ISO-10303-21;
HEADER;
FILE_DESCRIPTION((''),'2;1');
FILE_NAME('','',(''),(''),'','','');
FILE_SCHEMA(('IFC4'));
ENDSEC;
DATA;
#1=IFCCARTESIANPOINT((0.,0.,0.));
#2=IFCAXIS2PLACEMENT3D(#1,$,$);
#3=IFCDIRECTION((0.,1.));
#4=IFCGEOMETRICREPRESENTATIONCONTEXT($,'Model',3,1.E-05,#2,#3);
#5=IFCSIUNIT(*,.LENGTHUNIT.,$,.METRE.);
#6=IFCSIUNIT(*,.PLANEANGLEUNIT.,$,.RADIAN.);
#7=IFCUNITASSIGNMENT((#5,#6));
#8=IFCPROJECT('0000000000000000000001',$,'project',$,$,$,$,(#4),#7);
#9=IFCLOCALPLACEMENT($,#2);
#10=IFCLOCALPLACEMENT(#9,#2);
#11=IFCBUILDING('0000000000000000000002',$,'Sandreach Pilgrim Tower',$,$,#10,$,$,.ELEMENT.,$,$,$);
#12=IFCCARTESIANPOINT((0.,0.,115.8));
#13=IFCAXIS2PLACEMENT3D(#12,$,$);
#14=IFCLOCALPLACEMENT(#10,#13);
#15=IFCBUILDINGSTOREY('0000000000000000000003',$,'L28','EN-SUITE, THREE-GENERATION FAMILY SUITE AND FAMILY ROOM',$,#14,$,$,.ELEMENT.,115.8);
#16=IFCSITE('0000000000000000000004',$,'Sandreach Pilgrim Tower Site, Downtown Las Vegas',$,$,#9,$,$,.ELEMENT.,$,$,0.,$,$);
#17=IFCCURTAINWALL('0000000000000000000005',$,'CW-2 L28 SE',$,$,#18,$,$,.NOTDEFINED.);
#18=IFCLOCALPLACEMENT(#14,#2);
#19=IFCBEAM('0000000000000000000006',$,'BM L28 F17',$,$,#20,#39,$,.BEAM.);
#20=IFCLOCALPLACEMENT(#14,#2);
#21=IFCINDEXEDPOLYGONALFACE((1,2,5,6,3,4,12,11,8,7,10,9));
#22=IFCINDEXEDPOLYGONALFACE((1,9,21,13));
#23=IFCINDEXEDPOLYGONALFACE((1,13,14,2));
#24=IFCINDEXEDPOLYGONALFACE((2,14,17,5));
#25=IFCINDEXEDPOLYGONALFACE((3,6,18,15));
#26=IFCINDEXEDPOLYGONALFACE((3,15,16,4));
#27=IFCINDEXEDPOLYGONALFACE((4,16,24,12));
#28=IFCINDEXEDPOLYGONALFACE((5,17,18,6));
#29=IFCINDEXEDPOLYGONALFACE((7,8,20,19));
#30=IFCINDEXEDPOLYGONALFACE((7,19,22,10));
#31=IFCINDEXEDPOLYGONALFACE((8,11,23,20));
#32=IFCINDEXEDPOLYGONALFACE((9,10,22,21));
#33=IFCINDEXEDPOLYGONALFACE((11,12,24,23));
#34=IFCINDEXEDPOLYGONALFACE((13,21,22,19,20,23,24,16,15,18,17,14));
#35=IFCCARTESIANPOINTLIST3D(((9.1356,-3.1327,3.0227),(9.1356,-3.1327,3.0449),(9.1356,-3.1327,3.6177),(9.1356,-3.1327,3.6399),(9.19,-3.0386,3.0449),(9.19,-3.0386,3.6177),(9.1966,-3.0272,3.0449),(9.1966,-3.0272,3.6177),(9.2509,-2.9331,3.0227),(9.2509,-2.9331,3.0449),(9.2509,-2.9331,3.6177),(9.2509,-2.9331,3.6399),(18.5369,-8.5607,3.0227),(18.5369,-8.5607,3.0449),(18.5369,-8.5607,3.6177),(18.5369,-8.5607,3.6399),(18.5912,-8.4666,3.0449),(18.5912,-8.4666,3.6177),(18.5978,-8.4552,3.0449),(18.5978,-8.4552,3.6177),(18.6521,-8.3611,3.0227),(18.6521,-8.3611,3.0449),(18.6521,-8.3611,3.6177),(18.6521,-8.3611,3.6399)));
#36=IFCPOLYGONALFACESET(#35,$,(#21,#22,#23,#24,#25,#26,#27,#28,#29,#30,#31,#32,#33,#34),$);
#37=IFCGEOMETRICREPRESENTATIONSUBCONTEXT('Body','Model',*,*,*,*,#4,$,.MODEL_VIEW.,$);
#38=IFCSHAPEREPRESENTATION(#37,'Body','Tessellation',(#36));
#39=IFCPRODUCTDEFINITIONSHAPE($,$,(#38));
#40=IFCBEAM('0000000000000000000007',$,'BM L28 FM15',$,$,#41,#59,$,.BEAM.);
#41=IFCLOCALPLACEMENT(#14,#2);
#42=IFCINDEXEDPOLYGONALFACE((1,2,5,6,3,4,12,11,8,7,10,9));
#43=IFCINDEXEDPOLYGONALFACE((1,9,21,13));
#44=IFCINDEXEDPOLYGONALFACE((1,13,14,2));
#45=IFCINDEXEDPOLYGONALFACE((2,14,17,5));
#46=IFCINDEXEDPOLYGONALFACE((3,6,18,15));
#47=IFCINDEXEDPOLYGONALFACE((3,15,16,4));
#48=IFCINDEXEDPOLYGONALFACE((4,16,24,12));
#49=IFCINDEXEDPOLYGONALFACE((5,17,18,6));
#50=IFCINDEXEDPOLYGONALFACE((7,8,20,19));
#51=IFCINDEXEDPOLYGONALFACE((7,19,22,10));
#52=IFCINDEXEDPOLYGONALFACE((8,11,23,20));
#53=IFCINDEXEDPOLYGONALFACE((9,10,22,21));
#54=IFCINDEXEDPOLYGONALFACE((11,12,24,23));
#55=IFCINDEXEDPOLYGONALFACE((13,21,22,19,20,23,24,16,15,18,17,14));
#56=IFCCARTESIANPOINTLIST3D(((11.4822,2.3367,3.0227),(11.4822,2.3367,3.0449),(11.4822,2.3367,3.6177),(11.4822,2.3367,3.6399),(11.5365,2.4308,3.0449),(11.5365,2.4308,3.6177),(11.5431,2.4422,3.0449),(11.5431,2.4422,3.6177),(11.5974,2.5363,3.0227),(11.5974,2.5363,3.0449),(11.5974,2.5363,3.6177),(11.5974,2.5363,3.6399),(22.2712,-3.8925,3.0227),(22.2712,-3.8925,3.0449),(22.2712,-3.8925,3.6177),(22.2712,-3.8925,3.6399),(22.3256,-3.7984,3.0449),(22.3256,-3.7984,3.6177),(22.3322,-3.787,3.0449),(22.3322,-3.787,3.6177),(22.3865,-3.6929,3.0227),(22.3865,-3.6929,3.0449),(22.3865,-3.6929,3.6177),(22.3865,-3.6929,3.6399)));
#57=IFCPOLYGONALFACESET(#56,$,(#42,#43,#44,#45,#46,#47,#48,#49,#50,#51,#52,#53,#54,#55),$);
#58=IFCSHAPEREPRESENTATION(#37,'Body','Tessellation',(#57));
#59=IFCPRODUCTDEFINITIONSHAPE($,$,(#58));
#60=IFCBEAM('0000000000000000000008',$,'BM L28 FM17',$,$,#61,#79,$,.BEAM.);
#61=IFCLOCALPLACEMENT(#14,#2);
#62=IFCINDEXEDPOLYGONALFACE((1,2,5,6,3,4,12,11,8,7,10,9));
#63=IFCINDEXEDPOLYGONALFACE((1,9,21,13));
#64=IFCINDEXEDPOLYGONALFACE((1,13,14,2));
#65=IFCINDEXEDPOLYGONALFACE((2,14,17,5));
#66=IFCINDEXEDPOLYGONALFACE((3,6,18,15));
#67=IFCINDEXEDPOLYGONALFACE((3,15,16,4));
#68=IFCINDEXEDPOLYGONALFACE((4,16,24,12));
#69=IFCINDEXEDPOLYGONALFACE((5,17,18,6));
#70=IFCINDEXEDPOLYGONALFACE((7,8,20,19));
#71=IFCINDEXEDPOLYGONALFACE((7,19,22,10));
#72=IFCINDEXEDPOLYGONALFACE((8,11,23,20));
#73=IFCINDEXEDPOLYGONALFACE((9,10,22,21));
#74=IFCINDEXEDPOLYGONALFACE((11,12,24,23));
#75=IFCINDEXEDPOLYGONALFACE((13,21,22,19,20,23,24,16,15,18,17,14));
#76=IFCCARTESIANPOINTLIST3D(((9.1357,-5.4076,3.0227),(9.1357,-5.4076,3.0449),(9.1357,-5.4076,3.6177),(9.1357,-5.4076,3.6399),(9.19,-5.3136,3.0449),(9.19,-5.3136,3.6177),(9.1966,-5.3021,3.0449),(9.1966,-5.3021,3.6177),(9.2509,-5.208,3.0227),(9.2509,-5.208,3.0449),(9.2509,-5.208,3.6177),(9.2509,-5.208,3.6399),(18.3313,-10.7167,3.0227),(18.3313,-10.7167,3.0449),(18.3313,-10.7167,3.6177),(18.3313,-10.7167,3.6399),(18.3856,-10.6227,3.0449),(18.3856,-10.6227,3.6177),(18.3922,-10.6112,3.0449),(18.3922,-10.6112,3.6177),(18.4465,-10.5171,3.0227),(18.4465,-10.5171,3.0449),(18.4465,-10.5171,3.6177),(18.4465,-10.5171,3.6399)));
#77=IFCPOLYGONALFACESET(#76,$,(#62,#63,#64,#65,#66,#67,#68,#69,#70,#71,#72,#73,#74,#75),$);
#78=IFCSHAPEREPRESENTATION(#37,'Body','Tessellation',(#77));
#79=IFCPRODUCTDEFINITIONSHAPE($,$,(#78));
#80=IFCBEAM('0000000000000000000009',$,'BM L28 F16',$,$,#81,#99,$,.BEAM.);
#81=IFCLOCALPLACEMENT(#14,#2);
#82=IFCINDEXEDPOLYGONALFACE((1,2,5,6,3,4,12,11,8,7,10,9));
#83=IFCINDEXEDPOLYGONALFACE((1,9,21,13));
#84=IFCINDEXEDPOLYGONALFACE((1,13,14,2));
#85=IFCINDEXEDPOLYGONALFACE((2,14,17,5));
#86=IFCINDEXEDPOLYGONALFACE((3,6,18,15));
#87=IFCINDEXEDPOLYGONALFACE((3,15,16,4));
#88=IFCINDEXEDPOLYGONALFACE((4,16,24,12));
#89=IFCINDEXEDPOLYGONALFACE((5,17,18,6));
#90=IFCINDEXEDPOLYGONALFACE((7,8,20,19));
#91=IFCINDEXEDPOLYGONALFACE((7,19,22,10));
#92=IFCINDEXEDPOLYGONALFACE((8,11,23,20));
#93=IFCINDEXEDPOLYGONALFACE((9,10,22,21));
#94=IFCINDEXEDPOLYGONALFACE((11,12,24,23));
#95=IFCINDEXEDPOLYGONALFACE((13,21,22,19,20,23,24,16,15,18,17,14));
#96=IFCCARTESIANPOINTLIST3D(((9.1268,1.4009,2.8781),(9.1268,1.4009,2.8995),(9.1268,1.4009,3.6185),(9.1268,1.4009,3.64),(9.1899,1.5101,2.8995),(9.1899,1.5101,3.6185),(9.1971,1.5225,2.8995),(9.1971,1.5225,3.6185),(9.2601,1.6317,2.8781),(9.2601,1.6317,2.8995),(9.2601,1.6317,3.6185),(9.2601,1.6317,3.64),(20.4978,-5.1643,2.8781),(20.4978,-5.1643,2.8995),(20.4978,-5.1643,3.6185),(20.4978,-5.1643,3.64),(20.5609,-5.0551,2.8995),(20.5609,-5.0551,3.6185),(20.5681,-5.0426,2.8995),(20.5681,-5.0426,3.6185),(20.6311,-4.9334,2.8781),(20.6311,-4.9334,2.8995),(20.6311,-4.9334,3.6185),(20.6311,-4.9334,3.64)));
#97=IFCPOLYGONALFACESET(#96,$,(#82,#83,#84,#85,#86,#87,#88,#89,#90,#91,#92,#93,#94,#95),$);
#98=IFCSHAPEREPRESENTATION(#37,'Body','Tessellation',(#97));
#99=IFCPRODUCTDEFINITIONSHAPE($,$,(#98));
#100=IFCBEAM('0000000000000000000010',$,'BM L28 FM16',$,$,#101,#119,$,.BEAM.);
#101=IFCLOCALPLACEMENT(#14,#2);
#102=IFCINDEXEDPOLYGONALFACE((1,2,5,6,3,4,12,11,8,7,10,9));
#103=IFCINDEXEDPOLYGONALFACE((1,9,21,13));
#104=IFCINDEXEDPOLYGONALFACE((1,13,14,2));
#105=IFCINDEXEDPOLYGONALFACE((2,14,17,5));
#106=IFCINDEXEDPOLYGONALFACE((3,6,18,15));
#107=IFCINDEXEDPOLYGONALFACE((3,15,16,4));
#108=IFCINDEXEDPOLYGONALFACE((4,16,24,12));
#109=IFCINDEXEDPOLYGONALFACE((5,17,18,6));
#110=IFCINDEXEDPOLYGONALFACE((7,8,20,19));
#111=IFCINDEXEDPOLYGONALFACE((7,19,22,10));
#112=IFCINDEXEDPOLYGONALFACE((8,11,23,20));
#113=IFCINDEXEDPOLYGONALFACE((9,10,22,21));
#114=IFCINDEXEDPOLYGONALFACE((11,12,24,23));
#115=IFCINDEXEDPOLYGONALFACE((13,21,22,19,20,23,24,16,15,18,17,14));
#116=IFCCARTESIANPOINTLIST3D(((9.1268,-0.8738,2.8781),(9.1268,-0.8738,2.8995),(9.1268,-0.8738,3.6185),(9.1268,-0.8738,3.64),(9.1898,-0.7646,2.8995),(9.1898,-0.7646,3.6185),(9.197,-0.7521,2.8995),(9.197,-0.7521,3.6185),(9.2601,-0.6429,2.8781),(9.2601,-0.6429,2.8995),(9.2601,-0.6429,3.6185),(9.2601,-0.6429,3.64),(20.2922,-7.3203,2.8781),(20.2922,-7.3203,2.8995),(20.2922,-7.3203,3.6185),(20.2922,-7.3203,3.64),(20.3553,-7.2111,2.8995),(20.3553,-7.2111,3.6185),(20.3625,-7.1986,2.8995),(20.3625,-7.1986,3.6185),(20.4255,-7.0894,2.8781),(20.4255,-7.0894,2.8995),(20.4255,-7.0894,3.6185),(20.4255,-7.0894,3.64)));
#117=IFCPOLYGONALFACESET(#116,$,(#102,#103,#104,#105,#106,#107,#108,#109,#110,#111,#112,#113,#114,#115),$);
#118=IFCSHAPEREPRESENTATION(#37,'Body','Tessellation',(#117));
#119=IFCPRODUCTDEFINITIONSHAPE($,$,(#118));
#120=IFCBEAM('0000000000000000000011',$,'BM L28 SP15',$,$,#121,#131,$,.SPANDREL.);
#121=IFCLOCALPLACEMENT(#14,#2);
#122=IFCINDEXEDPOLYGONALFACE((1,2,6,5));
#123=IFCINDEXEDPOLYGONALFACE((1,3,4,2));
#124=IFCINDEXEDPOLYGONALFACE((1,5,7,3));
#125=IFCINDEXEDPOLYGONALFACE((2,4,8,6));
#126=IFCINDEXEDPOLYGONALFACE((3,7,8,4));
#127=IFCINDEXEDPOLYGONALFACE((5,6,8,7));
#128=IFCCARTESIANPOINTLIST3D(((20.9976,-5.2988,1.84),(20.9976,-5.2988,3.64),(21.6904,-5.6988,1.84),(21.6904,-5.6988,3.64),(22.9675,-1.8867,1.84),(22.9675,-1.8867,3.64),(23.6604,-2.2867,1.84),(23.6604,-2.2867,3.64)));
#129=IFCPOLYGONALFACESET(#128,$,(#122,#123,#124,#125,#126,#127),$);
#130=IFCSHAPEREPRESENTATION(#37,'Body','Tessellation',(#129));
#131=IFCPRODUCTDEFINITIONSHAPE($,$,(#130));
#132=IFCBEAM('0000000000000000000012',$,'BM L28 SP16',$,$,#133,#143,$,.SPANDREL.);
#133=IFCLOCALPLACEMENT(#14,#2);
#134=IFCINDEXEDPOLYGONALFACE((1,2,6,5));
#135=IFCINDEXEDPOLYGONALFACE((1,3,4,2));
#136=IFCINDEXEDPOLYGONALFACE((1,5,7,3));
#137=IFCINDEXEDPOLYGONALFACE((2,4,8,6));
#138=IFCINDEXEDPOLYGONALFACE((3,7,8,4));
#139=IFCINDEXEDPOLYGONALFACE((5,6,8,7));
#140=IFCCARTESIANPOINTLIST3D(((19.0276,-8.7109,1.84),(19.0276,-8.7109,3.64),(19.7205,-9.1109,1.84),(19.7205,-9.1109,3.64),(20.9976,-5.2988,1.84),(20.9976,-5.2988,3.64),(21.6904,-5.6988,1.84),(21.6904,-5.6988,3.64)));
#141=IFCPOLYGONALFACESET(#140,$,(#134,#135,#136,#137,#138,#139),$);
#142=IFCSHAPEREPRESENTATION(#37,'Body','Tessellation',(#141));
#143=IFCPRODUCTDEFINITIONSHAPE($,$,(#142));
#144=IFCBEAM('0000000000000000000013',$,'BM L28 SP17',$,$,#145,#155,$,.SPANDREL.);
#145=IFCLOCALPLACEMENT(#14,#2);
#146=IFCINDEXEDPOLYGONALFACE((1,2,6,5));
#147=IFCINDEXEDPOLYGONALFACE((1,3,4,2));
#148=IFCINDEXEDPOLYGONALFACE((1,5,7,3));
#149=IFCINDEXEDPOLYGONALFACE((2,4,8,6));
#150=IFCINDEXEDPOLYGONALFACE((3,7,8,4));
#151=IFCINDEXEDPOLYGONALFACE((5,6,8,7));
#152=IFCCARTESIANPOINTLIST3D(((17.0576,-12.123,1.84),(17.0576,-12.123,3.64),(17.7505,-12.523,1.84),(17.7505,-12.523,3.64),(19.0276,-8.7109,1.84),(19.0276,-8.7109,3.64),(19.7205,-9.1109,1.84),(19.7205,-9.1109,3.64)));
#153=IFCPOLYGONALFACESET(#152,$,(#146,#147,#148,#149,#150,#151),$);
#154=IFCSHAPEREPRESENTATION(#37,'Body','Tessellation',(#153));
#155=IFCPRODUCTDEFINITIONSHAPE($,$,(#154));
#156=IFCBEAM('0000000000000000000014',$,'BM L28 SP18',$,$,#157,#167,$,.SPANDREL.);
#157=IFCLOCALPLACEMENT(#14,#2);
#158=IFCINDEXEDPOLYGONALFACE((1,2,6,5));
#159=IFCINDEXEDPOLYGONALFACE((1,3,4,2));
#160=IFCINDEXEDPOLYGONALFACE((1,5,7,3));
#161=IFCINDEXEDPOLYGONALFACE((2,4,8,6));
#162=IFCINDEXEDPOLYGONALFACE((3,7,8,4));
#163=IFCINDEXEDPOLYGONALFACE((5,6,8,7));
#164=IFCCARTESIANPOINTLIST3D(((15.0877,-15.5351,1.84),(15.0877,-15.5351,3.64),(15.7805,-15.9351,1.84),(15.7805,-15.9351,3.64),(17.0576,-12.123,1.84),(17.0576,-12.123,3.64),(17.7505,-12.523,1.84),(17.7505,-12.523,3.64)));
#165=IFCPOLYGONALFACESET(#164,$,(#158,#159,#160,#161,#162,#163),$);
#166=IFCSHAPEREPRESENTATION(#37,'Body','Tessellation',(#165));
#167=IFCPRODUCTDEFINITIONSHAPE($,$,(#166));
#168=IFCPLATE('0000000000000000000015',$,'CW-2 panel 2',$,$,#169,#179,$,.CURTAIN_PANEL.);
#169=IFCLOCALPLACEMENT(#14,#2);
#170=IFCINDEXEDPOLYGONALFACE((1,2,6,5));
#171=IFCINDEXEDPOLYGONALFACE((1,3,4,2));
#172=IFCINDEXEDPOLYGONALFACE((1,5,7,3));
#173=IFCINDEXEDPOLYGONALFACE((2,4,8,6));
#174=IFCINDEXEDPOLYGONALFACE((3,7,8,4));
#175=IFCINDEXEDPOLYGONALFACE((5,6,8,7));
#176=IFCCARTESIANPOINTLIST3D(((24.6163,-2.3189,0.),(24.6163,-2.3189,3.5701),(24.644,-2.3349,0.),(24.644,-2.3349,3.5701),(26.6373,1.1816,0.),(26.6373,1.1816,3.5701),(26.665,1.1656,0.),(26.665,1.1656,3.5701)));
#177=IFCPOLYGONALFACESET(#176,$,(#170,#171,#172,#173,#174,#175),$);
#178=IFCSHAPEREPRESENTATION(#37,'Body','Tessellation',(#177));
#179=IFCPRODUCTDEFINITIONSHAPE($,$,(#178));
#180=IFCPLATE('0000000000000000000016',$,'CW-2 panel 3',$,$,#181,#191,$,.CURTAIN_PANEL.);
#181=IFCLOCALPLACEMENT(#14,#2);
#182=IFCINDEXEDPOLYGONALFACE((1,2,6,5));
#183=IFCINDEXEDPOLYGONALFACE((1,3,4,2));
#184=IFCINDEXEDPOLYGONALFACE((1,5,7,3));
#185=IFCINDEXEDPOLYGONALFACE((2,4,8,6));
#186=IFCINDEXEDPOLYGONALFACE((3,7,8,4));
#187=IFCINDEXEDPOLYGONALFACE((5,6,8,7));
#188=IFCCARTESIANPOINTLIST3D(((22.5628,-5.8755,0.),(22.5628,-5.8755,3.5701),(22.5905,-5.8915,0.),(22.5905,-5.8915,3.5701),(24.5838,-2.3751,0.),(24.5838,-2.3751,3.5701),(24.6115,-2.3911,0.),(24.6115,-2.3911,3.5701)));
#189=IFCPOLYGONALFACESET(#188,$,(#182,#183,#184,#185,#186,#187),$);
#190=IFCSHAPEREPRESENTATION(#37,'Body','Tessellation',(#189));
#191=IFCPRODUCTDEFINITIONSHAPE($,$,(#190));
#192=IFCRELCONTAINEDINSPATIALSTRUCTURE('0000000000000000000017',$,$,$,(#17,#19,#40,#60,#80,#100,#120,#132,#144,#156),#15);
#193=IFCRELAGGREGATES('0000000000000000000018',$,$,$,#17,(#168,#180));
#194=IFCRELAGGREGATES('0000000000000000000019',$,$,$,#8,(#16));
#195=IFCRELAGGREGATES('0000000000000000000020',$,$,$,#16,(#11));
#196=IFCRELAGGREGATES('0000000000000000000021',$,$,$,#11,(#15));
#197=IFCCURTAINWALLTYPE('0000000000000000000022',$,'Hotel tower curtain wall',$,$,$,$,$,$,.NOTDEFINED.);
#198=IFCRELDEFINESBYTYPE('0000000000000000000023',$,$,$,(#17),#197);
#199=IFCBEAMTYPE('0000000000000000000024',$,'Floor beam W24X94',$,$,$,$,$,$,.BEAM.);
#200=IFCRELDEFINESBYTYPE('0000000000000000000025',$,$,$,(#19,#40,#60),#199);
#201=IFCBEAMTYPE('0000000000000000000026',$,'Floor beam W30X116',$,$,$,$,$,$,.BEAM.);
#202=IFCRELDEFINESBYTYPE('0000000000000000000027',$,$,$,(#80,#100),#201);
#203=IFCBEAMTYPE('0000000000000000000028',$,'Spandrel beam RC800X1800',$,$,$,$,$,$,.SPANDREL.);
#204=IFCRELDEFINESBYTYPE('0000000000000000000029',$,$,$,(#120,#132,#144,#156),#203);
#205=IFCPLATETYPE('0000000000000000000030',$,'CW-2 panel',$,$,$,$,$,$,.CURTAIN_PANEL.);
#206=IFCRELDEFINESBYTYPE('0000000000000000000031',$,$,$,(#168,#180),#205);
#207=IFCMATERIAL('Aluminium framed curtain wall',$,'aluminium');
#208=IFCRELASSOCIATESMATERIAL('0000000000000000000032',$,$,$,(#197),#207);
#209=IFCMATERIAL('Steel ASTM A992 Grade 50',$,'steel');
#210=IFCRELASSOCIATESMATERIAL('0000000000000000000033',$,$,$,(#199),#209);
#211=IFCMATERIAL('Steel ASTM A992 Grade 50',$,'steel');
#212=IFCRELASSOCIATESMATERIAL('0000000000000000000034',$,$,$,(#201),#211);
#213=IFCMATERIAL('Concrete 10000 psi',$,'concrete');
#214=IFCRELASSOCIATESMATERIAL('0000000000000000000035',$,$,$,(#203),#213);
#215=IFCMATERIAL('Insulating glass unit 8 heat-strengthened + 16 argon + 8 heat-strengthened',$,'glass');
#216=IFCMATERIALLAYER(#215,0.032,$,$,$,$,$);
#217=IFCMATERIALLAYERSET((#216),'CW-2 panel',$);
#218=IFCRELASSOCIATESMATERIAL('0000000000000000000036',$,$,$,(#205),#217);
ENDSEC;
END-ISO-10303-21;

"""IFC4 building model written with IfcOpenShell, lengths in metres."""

from ifc_helpers import new_model, si_unit, direction, frame, origin, origin_2d, place, context, subcontext, project, spatial, rectangle, i_section, extrude, material, layer, layer_set, material_profile, profile_set, type_object, element, aggregate, save


model = new_model("IFC4")

# Units and contexts
model_context = context("Model", 3, precision=1e-05, world=origin(), true_north=direction((0.0, 1.0)))
body_context = subcontext(model_context, "Body", "Model", "MODEL_VIEW")
ifc_project = project(units=[si_unit("LENGTHUNIT", "METRE"), si_unit("PLANEANGLEUNIT", "RADIAN")], contexts=[model_context])

# Site, building, storey
site_placement = place(None, origin())
site = spatial("IfcSite", under=ifc_project, at=site_placement, Name="Sandreach Pilgrim Tower Site, Downtown Las Vegas", CompositionType="ELEMENT", RefElevation=0.0)
building_placement = place(site_placement, origin())
building = spatial("IfcBuilding", under=site, at=building_placement, Name="Sandreach Pilgrim Tower", CompositionType="ELEMENT")
storey_placement = place(building_placement, frame((0.0, 0.0, 115.8)))
storey = spatial("IfcBuildingStorey", under=building, at=storey_placement, Name="L28", Description="EN-SUITE, THREE-GENERATION FAMILY SUITE AND FAMILY ROOM", CompositionType="ELEMENT", Elevation=115.8)

# Curtain wall
ifc_material_1 = material(Name="Aluminium framed curtain wall", Category="aluminium")
curtain_wall_type = type_object("IfcCurtainWallType", Name="Hotel tower curtain wall", PredefinedType="NOTDEFINED", material=ifc_material_1)
curtain_wall_placement = place(storey_placement, origin())
curtain_wall = element("IfcCurtainWall", 1, at=curtain_wall_placement, inside=storey, type_object=curtain_wall_type, Name="CW-2 L28 SE", PredefinedType="NOTDEFINED")

# Beams
ifc_material_2 = material(Name="Steel ASTM A992 Grade 50", Category="steel")
ifc_material_profile_1 = material_profile(ifc_material_2, i_section(OverallWidth=0.2305, OverallDepth=0.6172, WebThickness=0.0132, FlangeThickness=0.0222, at=origin_2d()), Name="W24X94")
ifc_profile_set_1 = profile_set([ifc_material_profile_1], Name="Steel ASTM A992 Grade 50")
beam_type_1 = type_object("IfcBeamType", Name="Floor beam W24X94", PredefinedType="BEAM", material=ifc_profile_set_1)
beam_1_placement = place(storey_placement, frame((18.5945, -8.4609, 3.3313), z_axis=(-0.866016, 0.500016, 0.0), x_axis=(-0.500016, -0.866016, 0.0)))
element("IfcBeam", 2, at=beam_1_placement, inside=storey, type_object=beam_type_1, Name="BM L28 F17", PredefinedType="BEAM", context=body_context, shape_type="SweptSolid", body=[
    extrude(i_section(OverallWidth=0.2305, OverallDepth=0.6172, WebThickness=0.0132, FlangeThickness=0.0222, at=origin_2d()), origin(), (0.0, 0.0, 1.0), 10.8557),
])
beam_2_placement = place(storey_placement, frame((22.3289, -3.7927, 3.3313), z_axis=(-0.866019, 0.500011, 0.0), x_axis=(-0.500011, -0.866019, 0.0)))
element("IfcBeam", 3, at=beam_2_placement, inside=storey, type_object=beam_type_1, Name="BM L28 FM15", PredefinedType="BEAM", context=body_context, shape_type="SweptSolid", body=[
    extrude(i_section(OverallWidth=0.2305, OverallDepth=0.6172, WebThickness=0.0132, FlangeThickness=0.0222, at=origin_2d()), origin(), (0.0, 0.0, 1.0), 12.4583),
])
beam_3_placement = place(storey_placement, frame((18.3889, -10.6169, 3.3313), z_axis=(-0.866024, 0.500002, 0.0), x_axis=(-0.500002, -0.866024, 0.0)))
element("IfcBeam", 4, at=beam_3_placement, inside=storey, type_object=beam_type_1, Name="BM L28 FM17", PredefinedType="BEAM", context=body_context, shape_type="SweptSolid", body=[
    extrude(i_section(OverallWidth=0.2305, OverallDepth=0.6172, WebThickness=0.0132, FlangeThickness=0.0222, at=origin_2d()), origin(), (0.0, 0.0, 1.0), 10.6182),
])
ifc_material_3 = material(Name="Steel ASTM A992 Grade 50", Category="steel")
ifc_material_profile_2 = material_profile(ifc_material_3, i_section(OverallWidth=0.2666, OverallDepth=0.762, WebThickness=0.0144, FlangeThickness=0.0215, at=origin_2d()), Name="W30X116")
ifc_profile_set_2 = profile_set([ifc_material_profile_2], Name="Steel ASTM A992 Grade 50")
beam_type_2 = type_object("IfcBeamType", Name="Floor beam W30X116", PredefinedType="BEAM", material=ifc_profile_set_2)
beam_4_placement = place(storey_placement, frame((20.5645, -5.0488, 3.259), z_axis=(-0.866023, 0.500005, 0.0), x_axis=(-0.500005, -0.866023, 0.0)))
element("IfcBeam", 5, at=beam_4_placement, inside=storey, type_object=beam_type_2, Name="BM L28 F16", PredefinedType="BEAM", context=body_context, shape_type="SweptSolid", body=[
    extrude(i_section(OverallWidth=0.2666, OverallDepth=0.762, WebThickness=0.0144, FlangeThickness=0.0215, at=origin_2d()), origin(), (0.0, 0.0, 1.0), 13.1301),
])
beam_5_placement = place(storey_placement, frame((20.3589, -7.2048, 3.259), z_axis=(-0.866022, 0.500007, 0.0), x_axis=(-0.500007, -0.866022, 0.0)))
element("IfcBeam", 6, at=beam_5_placement, inside=storey, type_object=beam_type_2, Name="BM L28 FM16", PredefinedType="BEAM", context=body_context, shape_type="SweptSolid", body=[
    extrude(i_section(OverallWidth=0.2666, OverallDepth=0.762, WebThickness=0.0144, FlangeThickness=0.0215, at=origin_2d()), origin(), (0.0, 0.0, 1.0), 12.8928),
])
ifc_material_4 = material(Name="Concrete 10000 psi", Category="concrete")
ifc_material_profile_3 = material_profile(ifc_material_4, rectangle(XDim=0.8, YDim=1.8, at=origin_2d()), Name="RC800X1800")
ifc_profile_set_3 = profile_set([ifc_material_profile_3], Name="Concrete 10000 psi")
beam_type_3 = type_object("IfcBeamType", Name="Spandrel beam RC800X1800", PredefinedType="SPANDREL", material=ifc_profile_set_3)
for number, where, z_axis, x_axis, name in (
    (7, (23.314, -2.0867, 2.74), (-0.499998, -0.866027, 0.0), (0.866027, -0.499998, 0.0), "BM L28 SP15"),
    (8, (21.344, -5.4988, 2.74), (-0.499998, -0.866027, 0.0), (0.866027, -0.499998, 0.0), "BM L28 SP16"),
    (9, (19.374, -8.9109, 2.74), (-0.499998, -0.866027, 0.0), (0.866027, -0.499998, 0.0), "BM L28 SP17"),
    (10, (17.4041, -12.323, 2.74), (-0.499998, -0.866027, 0.0), (0.866027, -0.499998, 0.0), "BM L28 SP18"),
):
    element("IfcBeam", number, at=place(storey_placement, frame(where, z_axis=z_axis, x_axis=x_axis)), inside=storey, type_object=beam_type_3, Name=name, PredefinedType="SPANDREL", context=body_context, shape_type="SweptSolid", body=[
        extrude(rectangle(XDim=0.8, YDim=1.8, at=origin_2d()), origin(), (0.0, 0.0, 1.0), 3.9399),
    ])

# Plates
ifc_material_5 = material(Name="Insulating glass unit 8 heat-strengthened + 16 argon + 8 heat-strengthened", Category="glass")
ifc_layer_1 = layer(ifc_material_5, 0.032)
ifc_layer_set_1 = layer_set([ifc_layer_1], Name="CW-2 panel")
plate_type = type_object("IfcPlateType", Name="CW-2 panel", PredefinedType="CURTAIN_PANEL", material=ifc_layer_set_1)
plate_1_placement = place(storey_placement, frame((25.6406, -0.5767, 0.0), z_axis=(0.0, 0.0, 1.0), x_axis=(-0.5, -0.866025, 0.0)))
plate_1 = element("IfcPlate", 11, at=plate_1_placement, type_object=plate_type, Name="CW-2 panel 2", PredefinedType="CURTAIN_PANEL", context=body_context, shape_type="SweptSolid", body=[
    extrude(rectangle(XDim=4.042, YDim=0.032, at=origin_2d()), origin(), (0.0, 0.0, 1.0), 3.5701),
])
plate_2_placement = place(storey_placement, frame((23.5872, -4.1333, 0.0), z_axis=(0.0, 0.0, 1.0), x_axis=(-0.5, -0.866025, 0.0)))
plate_2 = element("IfcPlate", 12, at=plate_2_placement, type_object=plate_type, Name="CW-2 panel 3", PredefinedType="CURTAIN_PANEL", context=body_context, shape_type="SweptSolid", body=[
    extrude(rectangle(XDim=4.042, YDim=0.032, at=origin_2d()), origin(), (0.0, 0.0, 1.0), 3.5701),
])
aggregate(curtain_wall, [plate_1, plate_2])

save(model, "model.ifc")
